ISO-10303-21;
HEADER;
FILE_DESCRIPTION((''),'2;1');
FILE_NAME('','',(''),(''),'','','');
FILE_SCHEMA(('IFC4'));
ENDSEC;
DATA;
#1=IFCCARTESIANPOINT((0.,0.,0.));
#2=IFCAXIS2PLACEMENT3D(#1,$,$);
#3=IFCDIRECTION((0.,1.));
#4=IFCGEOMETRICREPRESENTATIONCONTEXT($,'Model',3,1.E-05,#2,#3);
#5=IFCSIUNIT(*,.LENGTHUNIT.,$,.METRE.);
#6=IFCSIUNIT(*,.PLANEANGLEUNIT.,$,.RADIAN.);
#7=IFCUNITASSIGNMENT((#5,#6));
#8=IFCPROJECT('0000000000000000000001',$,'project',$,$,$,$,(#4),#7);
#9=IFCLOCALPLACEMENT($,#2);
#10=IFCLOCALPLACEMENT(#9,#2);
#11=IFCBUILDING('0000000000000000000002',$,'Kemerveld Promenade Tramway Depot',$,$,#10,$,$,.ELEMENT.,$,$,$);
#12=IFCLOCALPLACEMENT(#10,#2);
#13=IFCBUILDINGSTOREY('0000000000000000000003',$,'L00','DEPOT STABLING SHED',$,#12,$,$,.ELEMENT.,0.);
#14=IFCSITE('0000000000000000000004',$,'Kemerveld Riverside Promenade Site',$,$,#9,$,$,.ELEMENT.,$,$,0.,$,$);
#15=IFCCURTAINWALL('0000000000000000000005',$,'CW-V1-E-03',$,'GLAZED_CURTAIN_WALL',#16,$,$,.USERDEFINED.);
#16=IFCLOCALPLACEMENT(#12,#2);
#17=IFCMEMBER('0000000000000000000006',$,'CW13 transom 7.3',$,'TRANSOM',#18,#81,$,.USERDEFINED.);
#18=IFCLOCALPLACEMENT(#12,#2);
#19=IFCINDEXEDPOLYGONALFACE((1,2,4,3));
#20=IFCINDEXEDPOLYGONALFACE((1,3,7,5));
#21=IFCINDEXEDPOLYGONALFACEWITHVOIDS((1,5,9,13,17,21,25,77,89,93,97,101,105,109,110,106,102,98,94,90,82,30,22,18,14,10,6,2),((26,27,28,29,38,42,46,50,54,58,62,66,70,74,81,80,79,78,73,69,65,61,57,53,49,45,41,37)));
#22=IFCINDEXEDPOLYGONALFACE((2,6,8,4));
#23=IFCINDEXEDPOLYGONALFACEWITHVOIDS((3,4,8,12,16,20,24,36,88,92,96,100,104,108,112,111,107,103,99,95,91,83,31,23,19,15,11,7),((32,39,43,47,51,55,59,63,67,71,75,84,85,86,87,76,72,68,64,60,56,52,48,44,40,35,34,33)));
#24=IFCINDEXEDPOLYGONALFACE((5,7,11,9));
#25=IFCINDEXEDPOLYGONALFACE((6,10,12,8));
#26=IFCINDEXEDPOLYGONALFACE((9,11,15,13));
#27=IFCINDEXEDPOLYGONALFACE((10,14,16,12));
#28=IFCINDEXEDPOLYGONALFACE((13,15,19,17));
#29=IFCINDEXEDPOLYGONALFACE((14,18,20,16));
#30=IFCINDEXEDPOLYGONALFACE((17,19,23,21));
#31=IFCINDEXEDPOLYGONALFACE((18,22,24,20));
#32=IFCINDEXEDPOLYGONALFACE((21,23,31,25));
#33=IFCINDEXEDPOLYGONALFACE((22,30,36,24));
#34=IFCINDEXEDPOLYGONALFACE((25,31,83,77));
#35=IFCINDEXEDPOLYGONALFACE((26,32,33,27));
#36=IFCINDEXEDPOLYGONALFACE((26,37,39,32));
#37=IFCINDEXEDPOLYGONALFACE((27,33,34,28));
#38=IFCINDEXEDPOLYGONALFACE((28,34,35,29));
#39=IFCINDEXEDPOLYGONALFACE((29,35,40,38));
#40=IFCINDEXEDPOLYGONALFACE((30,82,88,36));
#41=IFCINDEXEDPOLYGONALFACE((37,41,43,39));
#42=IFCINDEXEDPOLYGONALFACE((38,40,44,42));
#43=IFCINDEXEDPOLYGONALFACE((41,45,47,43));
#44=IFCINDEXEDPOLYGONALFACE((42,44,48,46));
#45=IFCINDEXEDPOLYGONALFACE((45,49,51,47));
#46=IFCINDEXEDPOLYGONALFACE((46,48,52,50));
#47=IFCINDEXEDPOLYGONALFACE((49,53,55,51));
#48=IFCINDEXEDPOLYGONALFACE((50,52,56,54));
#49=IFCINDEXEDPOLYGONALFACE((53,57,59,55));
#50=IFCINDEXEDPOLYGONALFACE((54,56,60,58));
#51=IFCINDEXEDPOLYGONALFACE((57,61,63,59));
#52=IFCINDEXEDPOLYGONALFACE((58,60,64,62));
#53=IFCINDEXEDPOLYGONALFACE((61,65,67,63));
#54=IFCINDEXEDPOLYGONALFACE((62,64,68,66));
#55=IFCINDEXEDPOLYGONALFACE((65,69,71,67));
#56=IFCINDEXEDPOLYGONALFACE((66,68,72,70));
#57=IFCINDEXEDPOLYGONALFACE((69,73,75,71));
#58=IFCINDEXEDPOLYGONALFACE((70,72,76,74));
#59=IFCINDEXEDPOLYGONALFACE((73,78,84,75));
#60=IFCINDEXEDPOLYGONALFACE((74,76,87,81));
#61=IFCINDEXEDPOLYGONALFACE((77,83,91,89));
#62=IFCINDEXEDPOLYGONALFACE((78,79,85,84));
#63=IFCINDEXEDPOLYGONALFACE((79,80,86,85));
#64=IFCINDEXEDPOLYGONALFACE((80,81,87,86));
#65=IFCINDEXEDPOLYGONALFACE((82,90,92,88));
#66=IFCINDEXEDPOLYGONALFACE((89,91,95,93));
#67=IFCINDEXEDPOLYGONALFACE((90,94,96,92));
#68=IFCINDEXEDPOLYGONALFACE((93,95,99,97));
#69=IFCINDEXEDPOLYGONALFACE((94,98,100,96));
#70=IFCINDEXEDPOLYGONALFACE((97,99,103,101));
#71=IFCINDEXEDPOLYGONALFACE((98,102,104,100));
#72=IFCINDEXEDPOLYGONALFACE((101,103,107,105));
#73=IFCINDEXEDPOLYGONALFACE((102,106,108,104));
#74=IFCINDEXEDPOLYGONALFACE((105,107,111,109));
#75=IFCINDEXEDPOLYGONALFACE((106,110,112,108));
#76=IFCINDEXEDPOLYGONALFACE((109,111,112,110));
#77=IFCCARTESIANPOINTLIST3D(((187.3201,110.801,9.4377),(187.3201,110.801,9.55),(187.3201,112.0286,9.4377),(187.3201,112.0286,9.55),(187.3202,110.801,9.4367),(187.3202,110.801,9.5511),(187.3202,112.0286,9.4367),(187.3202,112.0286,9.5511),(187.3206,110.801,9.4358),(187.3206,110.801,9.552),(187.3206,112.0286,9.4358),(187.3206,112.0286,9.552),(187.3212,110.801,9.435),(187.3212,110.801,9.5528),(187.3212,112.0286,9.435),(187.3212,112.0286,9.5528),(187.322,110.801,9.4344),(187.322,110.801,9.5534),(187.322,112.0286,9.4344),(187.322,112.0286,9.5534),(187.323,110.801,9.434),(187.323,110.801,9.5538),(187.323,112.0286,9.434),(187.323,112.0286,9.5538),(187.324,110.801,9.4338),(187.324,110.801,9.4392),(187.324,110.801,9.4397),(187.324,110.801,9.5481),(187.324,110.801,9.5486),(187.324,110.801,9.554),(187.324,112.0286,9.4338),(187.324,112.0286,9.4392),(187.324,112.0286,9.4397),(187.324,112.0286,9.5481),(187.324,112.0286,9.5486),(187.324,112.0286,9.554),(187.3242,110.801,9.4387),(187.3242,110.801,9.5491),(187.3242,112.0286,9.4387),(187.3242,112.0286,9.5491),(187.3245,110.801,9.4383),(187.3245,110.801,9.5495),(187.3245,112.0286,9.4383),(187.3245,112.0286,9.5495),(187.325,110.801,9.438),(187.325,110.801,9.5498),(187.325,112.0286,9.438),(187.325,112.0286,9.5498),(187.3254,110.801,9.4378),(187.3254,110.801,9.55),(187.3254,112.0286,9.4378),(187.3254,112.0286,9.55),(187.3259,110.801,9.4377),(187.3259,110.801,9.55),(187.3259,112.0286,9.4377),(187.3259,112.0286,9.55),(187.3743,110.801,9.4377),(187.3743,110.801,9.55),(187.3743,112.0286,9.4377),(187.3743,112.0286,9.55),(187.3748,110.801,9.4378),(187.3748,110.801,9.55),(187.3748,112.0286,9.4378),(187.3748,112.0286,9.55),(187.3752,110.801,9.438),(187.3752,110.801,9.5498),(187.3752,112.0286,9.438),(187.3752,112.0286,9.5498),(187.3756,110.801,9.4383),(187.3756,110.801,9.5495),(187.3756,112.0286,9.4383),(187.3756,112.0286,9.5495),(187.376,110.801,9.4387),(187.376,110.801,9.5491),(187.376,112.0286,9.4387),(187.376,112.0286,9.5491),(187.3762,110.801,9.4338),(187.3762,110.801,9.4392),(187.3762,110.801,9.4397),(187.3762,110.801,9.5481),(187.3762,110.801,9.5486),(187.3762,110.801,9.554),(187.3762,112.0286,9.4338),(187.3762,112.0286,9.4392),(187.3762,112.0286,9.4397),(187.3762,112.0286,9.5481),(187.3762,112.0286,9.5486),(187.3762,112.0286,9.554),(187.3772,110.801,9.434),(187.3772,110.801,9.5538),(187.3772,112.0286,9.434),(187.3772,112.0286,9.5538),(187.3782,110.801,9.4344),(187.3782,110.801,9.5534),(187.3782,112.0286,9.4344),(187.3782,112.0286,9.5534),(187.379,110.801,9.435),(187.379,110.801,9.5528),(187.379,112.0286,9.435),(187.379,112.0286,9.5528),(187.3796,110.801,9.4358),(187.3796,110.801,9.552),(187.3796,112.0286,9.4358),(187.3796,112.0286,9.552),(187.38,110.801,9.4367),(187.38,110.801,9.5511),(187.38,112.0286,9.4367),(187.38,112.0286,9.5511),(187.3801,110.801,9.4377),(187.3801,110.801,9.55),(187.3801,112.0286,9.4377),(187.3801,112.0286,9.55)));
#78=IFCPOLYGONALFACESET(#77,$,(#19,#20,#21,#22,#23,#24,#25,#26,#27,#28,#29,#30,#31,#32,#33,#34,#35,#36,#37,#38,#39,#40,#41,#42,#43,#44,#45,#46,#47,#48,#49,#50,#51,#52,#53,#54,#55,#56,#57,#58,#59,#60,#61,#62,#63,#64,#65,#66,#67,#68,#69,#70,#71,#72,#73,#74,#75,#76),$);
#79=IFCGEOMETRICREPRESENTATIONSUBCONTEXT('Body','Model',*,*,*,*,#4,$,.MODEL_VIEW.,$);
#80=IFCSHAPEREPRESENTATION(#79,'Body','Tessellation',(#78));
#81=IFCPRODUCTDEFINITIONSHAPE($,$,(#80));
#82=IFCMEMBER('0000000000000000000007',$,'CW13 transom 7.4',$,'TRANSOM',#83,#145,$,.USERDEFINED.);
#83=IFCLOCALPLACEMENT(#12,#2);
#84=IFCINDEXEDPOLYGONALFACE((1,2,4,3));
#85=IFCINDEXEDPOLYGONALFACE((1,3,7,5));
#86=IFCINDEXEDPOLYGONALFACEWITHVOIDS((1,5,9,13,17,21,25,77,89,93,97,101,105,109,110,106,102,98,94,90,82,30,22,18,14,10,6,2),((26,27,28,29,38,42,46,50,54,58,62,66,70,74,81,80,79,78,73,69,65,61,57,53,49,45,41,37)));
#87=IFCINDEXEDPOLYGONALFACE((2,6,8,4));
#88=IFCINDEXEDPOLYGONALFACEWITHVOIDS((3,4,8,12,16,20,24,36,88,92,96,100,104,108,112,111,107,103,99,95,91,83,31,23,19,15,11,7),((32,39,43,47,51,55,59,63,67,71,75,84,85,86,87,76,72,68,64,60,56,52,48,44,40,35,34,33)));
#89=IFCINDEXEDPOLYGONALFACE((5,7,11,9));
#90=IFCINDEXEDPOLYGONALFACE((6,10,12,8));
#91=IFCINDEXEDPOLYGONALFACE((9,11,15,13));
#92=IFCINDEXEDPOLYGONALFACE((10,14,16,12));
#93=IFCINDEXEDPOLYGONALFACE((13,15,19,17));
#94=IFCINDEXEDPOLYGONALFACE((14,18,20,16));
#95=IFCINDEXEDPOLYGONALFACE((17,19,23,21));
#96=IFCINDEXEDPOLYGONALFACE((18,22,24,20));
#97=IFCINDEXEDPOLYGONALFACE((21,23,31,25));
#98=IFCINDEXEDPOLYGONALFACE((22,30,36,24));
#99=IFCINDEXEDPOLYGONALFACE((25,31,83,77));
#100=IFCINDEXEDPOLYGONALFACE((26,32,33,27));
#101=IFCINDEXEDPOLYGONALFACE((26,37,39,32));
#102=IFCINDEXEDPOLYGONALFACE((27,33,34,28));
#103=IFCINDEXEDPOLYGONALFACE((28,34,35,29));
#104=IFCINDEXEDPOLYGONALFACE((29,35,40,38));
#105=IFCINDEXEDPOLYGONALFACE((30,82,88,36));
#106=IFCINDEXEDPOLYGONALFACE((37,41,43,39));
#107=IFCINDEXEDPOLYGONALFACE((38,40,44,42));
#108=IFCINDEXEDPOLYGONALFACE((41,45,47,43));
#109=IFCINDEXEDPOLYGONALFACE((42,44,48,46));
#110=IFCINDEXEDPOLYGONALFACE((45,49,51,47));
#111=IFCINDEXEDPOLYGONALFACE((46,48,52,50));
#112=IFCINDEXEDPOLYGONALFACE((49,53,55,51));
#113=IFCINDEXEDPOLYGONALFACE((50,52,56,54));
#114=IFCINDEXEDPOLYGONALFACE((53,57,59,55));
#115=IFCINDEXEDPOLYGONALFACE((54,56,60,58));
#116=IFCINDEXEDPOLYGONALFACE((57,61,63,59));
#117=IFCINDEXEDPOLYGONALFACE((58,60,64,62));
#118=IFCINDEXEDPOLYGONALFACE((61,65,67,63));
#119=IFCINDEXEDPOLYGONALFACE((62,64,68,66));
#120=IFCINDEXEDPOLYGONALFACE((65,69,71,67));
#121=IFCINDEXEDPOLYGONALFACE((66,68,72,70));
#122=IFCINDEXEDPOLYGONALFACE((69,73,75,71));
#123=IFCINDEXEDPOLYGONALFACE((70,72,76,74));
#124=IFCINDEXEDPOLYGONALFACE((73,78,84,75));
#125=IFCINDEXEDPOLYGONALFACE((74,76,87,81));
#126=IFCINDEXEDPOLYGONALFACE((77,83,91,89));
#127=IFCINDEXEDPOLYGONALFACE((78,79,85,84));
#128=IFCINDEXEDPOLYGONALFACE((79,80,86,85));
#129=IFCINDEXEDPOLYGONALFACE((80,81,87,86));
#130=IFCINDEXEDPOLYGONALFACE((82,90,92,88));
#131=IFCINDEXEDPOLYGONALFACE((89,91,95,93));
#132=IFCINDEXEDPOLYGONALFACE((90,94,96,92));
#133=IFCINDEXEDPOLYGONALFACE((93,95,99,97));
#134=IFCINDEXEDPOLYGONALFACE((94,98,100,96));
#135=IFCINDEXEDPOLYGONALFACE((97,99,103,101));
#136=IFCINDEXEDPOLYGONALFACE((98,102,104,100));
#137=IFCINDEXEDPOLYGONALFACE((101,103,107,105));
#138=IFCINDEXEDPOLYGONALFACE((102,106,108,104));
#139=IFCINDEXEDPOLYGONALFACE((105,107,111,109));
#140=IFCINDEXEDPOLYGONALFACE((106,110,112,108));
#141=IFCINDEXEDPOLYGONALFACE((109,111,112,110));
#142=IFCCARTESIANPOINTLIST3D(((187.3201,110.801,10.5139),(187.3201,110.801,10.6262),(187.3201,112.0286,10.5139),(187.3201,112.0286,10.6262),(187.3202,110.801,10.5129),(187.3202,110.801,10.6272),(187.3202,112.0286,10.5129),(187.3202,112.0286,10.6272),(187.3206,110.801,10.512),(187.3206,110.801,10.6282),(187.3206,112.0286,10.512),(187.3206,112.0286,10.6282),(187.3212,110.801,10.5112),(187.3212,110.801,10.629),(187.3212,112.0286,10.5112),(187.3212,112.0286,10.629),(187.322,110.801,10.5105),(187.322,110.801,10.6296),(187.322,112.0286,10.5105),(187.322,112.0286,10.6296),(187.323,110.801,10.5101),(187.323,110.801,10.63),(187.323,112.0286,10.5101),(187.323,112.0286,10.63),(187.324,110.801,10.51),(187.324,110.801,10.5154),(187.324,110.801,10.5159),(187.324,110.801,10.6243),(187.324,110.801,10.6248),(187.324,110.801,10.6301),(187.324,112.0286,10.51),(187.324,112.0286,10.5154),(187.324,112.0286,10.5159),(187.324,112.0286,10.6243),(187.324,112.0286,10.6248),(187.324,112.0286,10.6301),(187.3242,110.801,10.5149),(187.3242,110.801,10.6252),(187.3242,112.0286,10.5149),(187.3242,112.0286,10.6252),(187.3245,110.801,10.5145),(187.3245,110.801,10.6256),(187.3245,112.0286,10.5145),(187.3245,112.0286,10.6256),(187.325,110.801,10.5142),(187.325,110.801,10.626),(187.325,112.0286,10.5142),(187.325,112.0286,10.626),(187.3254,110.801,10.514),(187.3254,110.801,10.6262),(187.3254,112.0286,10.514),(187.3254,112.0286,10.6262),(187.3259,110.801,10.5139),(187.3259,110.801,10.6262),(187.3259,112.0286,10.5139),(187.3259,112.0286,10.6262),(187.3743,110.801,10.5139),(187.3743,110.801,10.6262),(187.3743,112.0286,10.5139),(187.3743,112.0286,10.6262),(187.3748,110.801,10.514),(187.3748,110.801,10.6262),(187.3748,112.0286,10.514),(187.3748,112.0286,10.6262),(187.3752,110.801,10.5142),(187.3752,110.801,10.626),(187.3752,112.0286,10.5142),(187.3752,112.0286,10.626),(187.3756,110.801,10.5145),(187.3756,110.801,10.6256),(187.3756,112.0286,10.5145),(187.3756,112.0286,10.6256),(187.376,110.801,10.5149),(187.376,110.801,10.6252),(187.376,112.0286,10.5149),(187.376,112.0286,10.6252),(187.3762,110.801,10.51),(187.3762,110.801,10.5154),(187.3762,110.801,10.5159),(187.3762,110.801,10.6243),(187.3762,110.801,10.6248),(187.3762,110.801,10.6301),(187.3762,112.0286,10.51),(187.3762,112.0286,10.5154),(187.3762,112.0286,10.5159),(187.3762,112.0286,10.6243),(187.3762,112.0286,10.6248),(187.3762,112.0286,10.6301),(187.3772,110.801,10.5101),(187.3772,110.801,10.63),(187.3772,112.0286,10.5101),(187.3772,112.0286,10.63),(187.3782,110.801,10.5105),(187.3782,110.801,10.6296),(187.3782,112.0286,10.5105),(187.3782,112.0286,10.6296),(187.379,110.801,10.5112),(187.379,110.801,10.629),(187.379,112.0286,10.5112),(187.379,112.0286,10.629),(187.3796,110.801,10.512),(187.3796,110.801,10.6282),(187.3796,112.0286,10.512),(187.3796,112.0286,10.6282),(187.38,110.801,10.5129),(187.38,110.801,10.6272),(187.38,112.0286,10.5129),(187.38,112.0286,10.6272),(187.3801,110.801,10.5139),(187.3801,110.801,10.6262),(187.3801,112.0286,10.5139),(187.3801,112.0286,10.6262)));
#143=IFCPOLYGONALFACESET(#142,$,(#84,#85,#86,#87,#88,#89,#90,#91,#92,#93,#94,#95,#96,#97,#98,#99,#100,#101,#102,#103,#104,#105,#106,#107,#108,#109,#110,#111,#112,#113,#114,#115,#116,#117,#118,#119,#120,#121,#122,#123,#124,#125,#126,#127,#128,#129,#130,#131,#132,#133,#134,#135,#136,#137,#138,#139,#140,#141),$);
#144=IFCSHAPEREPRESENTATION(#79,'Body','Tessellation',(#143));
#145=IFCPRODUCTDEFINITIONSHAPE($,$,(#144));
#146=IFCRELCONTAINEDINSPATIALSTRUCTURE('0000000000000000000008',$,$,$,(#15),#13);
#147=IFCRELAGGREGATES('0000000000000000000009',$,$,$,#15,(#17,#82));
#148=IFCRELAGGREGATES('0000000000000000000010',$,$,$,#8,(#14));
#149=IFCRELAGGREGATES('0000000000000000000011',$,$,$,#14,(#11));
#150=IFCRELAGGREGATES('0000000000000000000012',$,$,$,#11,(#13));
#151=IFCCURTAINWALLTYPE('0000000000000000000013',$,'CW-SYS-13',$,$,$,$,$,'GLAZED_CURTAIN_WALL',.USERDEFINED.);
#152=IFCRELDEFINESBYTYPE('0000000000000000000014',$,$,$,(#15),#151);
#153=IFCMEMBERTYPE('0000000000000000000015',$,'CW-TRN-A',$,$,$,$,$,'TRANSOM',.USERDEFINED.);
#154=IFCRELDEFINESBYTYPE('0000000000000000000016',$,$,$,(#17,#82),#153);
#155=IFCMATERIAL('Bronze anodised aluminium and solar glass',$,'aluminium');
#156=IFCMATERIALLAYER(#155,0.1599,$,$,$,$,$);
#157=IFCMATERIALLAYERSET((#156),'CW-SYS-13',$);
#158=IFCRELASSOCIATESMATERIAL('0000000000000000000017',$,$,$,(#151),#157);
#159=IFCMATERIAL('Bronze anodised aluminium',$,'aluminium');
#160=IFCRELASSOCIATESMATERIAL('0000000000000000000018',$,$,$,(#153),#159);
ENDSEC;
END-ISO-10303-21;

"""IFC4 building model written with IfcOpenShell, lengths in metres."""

from ifc_helpers import new_model, si_unit, direction, frame, origin, origin_2d, place, context, subcontext, project, spatial, hollow_rectangle, extrude, material, layer, layer_set, material_profile, profile_set, type_object, element, aggregate, save


model = new_model("IFC4")

# Units and contexts
model_context = context("Model", 3, precision=1e-05, world=origin(), true_north=direction((0.0, 1.0)))
body_context = subcontext(model_context, "Body", "Model", "MODEL_VIEW")
ifc_project = project(units=[si_unit("LENGTHUNIT", "METRE"), si_unit("PLANEANGLEUNIT", "RADIAN")], contexts=[model_context])

# Site, building, storey
site_placement = place(None, origin())
site = spatial("IfcSite", under=ifc_project, at=site_placement, Name="Kemerveld Riverside Promenade Site", CompositionType="ELEMENT", RefElevation=0.0)
building_placement = place(site_placement, origin())
building = spatial("IfcBuilding", under=site, at=building_placement, Name="Kemerveld Promenade Tramway Depot", CompositionType="ELEMENT")
storey_placement = place(building_placement, origin())
storey = spatial("IfcBuildingStorey", under=building, at=storey_placement, Name="L00", Description="DEPOT STABLING SHED", CompositionType="ELEMENT", Elevation=0.0)

# Curtain wall, members
ifc_material_1 = material(Name="Bronze anodised aluminium and solar glass", Category="aluminium")
ifc_layer_1 = layer(ifc_material_1, 0.1599)
ifc_layer_set_1 = layer_set([ifc_layer_1], Name="CW-SYS-13")
curtain_wall_type_1 = type_object("IfcCurtainWallType", Name="CW-SYS-13", ElementType="GLAZED_CURTAIN_WALL", PredefinedType="USERDEFINED", material=ifc_layer_set_1)
curtain_wall_1_placement = place(storey_placement, origin())
curtain_wall_1 = element("IfcCurtainWall", 1, at=curtain_wall_1_placement, inside=storey, type_object=curtain_wall_type_1, Name="CW-V1-E-03", ObjectType="GLAZED_CURTAIN_WALL", PredefinedType="USERDEFINED")
ifc_material_2 = material(Name="Bronze anodised aluminium", Category="aluminium")
ifc_material_profile_1 = material_profile(ifc_material_2, hollow_rectangle(XDim=0.0601, YDim=0.1201, WallThickness=0.0039, InnerFilletRadius=0.002, OuterFilletRadius=0.0039, at=origin_2d()), Name="CW-TRN-120x60")
ifc_profile_set_1 = profile_set([ifc_material_profile_1], Name="Bronze anodised aluminium")
member_type_1 = type_object("IfcMemberType", Name="CW-TRN-A", ElementType="TRANSOM", PredefinedType="USERDEFINED", material=ifc_profile_set_1)
member_1_placement = place(storey_placement, frame((187.3501, 112.0286, 9.4939), z_axis=(0.0, -1.0, 0.0), x_axis=(1.0, 0.0, 0.0)))
member_1 = element("IfcMember", 2, at=member_1_placement, type_object=member_type_1, Name="CW13 transom 7.3", ObjectType="TRANSOM", PredefinedType="USERDEFINED", context=body_context, shape_type="SweptSolid", body=[
    extrude(hollow_rectangle(XDim=0.0601, YDim=0.1201, WallThickness=0.0039, InnerFilletRadius=0.002, OuterFilletRadius=0.0039, at=origin_2d()), origin(), (0.0, 0.0, 1.0), 1.2275),
])
member_2_placement = place(storey_placement, frame((187.3501, 112.0286, 10.5701), z_axis=(0.0, -1.0, 0.0), x_axis=(1.0, 0.0, 0.0)))
member_2 = element("IfcMember", 3, at=member_2_placement, type_object=member_type_1, Name="CW13 transom 7.4", ObjectType="TRANSOM", PredefinedType="USERDEFINED", context=body_context, shape_type="SweptSolid", body=[
    extrude(hollow_rectangle(XDim=0.0601, YDim=0.1201, WallThickness=0.0039, InnerFilletRadius=0.002, OuterFilletRadius=0.0039, at=origin_2d()), origin(), (0.0, 0.0, 1.0), 1.2275),
])

aggregate(curtain_wall_1, [member_1, member_2])

save(model, "model.ifc")
